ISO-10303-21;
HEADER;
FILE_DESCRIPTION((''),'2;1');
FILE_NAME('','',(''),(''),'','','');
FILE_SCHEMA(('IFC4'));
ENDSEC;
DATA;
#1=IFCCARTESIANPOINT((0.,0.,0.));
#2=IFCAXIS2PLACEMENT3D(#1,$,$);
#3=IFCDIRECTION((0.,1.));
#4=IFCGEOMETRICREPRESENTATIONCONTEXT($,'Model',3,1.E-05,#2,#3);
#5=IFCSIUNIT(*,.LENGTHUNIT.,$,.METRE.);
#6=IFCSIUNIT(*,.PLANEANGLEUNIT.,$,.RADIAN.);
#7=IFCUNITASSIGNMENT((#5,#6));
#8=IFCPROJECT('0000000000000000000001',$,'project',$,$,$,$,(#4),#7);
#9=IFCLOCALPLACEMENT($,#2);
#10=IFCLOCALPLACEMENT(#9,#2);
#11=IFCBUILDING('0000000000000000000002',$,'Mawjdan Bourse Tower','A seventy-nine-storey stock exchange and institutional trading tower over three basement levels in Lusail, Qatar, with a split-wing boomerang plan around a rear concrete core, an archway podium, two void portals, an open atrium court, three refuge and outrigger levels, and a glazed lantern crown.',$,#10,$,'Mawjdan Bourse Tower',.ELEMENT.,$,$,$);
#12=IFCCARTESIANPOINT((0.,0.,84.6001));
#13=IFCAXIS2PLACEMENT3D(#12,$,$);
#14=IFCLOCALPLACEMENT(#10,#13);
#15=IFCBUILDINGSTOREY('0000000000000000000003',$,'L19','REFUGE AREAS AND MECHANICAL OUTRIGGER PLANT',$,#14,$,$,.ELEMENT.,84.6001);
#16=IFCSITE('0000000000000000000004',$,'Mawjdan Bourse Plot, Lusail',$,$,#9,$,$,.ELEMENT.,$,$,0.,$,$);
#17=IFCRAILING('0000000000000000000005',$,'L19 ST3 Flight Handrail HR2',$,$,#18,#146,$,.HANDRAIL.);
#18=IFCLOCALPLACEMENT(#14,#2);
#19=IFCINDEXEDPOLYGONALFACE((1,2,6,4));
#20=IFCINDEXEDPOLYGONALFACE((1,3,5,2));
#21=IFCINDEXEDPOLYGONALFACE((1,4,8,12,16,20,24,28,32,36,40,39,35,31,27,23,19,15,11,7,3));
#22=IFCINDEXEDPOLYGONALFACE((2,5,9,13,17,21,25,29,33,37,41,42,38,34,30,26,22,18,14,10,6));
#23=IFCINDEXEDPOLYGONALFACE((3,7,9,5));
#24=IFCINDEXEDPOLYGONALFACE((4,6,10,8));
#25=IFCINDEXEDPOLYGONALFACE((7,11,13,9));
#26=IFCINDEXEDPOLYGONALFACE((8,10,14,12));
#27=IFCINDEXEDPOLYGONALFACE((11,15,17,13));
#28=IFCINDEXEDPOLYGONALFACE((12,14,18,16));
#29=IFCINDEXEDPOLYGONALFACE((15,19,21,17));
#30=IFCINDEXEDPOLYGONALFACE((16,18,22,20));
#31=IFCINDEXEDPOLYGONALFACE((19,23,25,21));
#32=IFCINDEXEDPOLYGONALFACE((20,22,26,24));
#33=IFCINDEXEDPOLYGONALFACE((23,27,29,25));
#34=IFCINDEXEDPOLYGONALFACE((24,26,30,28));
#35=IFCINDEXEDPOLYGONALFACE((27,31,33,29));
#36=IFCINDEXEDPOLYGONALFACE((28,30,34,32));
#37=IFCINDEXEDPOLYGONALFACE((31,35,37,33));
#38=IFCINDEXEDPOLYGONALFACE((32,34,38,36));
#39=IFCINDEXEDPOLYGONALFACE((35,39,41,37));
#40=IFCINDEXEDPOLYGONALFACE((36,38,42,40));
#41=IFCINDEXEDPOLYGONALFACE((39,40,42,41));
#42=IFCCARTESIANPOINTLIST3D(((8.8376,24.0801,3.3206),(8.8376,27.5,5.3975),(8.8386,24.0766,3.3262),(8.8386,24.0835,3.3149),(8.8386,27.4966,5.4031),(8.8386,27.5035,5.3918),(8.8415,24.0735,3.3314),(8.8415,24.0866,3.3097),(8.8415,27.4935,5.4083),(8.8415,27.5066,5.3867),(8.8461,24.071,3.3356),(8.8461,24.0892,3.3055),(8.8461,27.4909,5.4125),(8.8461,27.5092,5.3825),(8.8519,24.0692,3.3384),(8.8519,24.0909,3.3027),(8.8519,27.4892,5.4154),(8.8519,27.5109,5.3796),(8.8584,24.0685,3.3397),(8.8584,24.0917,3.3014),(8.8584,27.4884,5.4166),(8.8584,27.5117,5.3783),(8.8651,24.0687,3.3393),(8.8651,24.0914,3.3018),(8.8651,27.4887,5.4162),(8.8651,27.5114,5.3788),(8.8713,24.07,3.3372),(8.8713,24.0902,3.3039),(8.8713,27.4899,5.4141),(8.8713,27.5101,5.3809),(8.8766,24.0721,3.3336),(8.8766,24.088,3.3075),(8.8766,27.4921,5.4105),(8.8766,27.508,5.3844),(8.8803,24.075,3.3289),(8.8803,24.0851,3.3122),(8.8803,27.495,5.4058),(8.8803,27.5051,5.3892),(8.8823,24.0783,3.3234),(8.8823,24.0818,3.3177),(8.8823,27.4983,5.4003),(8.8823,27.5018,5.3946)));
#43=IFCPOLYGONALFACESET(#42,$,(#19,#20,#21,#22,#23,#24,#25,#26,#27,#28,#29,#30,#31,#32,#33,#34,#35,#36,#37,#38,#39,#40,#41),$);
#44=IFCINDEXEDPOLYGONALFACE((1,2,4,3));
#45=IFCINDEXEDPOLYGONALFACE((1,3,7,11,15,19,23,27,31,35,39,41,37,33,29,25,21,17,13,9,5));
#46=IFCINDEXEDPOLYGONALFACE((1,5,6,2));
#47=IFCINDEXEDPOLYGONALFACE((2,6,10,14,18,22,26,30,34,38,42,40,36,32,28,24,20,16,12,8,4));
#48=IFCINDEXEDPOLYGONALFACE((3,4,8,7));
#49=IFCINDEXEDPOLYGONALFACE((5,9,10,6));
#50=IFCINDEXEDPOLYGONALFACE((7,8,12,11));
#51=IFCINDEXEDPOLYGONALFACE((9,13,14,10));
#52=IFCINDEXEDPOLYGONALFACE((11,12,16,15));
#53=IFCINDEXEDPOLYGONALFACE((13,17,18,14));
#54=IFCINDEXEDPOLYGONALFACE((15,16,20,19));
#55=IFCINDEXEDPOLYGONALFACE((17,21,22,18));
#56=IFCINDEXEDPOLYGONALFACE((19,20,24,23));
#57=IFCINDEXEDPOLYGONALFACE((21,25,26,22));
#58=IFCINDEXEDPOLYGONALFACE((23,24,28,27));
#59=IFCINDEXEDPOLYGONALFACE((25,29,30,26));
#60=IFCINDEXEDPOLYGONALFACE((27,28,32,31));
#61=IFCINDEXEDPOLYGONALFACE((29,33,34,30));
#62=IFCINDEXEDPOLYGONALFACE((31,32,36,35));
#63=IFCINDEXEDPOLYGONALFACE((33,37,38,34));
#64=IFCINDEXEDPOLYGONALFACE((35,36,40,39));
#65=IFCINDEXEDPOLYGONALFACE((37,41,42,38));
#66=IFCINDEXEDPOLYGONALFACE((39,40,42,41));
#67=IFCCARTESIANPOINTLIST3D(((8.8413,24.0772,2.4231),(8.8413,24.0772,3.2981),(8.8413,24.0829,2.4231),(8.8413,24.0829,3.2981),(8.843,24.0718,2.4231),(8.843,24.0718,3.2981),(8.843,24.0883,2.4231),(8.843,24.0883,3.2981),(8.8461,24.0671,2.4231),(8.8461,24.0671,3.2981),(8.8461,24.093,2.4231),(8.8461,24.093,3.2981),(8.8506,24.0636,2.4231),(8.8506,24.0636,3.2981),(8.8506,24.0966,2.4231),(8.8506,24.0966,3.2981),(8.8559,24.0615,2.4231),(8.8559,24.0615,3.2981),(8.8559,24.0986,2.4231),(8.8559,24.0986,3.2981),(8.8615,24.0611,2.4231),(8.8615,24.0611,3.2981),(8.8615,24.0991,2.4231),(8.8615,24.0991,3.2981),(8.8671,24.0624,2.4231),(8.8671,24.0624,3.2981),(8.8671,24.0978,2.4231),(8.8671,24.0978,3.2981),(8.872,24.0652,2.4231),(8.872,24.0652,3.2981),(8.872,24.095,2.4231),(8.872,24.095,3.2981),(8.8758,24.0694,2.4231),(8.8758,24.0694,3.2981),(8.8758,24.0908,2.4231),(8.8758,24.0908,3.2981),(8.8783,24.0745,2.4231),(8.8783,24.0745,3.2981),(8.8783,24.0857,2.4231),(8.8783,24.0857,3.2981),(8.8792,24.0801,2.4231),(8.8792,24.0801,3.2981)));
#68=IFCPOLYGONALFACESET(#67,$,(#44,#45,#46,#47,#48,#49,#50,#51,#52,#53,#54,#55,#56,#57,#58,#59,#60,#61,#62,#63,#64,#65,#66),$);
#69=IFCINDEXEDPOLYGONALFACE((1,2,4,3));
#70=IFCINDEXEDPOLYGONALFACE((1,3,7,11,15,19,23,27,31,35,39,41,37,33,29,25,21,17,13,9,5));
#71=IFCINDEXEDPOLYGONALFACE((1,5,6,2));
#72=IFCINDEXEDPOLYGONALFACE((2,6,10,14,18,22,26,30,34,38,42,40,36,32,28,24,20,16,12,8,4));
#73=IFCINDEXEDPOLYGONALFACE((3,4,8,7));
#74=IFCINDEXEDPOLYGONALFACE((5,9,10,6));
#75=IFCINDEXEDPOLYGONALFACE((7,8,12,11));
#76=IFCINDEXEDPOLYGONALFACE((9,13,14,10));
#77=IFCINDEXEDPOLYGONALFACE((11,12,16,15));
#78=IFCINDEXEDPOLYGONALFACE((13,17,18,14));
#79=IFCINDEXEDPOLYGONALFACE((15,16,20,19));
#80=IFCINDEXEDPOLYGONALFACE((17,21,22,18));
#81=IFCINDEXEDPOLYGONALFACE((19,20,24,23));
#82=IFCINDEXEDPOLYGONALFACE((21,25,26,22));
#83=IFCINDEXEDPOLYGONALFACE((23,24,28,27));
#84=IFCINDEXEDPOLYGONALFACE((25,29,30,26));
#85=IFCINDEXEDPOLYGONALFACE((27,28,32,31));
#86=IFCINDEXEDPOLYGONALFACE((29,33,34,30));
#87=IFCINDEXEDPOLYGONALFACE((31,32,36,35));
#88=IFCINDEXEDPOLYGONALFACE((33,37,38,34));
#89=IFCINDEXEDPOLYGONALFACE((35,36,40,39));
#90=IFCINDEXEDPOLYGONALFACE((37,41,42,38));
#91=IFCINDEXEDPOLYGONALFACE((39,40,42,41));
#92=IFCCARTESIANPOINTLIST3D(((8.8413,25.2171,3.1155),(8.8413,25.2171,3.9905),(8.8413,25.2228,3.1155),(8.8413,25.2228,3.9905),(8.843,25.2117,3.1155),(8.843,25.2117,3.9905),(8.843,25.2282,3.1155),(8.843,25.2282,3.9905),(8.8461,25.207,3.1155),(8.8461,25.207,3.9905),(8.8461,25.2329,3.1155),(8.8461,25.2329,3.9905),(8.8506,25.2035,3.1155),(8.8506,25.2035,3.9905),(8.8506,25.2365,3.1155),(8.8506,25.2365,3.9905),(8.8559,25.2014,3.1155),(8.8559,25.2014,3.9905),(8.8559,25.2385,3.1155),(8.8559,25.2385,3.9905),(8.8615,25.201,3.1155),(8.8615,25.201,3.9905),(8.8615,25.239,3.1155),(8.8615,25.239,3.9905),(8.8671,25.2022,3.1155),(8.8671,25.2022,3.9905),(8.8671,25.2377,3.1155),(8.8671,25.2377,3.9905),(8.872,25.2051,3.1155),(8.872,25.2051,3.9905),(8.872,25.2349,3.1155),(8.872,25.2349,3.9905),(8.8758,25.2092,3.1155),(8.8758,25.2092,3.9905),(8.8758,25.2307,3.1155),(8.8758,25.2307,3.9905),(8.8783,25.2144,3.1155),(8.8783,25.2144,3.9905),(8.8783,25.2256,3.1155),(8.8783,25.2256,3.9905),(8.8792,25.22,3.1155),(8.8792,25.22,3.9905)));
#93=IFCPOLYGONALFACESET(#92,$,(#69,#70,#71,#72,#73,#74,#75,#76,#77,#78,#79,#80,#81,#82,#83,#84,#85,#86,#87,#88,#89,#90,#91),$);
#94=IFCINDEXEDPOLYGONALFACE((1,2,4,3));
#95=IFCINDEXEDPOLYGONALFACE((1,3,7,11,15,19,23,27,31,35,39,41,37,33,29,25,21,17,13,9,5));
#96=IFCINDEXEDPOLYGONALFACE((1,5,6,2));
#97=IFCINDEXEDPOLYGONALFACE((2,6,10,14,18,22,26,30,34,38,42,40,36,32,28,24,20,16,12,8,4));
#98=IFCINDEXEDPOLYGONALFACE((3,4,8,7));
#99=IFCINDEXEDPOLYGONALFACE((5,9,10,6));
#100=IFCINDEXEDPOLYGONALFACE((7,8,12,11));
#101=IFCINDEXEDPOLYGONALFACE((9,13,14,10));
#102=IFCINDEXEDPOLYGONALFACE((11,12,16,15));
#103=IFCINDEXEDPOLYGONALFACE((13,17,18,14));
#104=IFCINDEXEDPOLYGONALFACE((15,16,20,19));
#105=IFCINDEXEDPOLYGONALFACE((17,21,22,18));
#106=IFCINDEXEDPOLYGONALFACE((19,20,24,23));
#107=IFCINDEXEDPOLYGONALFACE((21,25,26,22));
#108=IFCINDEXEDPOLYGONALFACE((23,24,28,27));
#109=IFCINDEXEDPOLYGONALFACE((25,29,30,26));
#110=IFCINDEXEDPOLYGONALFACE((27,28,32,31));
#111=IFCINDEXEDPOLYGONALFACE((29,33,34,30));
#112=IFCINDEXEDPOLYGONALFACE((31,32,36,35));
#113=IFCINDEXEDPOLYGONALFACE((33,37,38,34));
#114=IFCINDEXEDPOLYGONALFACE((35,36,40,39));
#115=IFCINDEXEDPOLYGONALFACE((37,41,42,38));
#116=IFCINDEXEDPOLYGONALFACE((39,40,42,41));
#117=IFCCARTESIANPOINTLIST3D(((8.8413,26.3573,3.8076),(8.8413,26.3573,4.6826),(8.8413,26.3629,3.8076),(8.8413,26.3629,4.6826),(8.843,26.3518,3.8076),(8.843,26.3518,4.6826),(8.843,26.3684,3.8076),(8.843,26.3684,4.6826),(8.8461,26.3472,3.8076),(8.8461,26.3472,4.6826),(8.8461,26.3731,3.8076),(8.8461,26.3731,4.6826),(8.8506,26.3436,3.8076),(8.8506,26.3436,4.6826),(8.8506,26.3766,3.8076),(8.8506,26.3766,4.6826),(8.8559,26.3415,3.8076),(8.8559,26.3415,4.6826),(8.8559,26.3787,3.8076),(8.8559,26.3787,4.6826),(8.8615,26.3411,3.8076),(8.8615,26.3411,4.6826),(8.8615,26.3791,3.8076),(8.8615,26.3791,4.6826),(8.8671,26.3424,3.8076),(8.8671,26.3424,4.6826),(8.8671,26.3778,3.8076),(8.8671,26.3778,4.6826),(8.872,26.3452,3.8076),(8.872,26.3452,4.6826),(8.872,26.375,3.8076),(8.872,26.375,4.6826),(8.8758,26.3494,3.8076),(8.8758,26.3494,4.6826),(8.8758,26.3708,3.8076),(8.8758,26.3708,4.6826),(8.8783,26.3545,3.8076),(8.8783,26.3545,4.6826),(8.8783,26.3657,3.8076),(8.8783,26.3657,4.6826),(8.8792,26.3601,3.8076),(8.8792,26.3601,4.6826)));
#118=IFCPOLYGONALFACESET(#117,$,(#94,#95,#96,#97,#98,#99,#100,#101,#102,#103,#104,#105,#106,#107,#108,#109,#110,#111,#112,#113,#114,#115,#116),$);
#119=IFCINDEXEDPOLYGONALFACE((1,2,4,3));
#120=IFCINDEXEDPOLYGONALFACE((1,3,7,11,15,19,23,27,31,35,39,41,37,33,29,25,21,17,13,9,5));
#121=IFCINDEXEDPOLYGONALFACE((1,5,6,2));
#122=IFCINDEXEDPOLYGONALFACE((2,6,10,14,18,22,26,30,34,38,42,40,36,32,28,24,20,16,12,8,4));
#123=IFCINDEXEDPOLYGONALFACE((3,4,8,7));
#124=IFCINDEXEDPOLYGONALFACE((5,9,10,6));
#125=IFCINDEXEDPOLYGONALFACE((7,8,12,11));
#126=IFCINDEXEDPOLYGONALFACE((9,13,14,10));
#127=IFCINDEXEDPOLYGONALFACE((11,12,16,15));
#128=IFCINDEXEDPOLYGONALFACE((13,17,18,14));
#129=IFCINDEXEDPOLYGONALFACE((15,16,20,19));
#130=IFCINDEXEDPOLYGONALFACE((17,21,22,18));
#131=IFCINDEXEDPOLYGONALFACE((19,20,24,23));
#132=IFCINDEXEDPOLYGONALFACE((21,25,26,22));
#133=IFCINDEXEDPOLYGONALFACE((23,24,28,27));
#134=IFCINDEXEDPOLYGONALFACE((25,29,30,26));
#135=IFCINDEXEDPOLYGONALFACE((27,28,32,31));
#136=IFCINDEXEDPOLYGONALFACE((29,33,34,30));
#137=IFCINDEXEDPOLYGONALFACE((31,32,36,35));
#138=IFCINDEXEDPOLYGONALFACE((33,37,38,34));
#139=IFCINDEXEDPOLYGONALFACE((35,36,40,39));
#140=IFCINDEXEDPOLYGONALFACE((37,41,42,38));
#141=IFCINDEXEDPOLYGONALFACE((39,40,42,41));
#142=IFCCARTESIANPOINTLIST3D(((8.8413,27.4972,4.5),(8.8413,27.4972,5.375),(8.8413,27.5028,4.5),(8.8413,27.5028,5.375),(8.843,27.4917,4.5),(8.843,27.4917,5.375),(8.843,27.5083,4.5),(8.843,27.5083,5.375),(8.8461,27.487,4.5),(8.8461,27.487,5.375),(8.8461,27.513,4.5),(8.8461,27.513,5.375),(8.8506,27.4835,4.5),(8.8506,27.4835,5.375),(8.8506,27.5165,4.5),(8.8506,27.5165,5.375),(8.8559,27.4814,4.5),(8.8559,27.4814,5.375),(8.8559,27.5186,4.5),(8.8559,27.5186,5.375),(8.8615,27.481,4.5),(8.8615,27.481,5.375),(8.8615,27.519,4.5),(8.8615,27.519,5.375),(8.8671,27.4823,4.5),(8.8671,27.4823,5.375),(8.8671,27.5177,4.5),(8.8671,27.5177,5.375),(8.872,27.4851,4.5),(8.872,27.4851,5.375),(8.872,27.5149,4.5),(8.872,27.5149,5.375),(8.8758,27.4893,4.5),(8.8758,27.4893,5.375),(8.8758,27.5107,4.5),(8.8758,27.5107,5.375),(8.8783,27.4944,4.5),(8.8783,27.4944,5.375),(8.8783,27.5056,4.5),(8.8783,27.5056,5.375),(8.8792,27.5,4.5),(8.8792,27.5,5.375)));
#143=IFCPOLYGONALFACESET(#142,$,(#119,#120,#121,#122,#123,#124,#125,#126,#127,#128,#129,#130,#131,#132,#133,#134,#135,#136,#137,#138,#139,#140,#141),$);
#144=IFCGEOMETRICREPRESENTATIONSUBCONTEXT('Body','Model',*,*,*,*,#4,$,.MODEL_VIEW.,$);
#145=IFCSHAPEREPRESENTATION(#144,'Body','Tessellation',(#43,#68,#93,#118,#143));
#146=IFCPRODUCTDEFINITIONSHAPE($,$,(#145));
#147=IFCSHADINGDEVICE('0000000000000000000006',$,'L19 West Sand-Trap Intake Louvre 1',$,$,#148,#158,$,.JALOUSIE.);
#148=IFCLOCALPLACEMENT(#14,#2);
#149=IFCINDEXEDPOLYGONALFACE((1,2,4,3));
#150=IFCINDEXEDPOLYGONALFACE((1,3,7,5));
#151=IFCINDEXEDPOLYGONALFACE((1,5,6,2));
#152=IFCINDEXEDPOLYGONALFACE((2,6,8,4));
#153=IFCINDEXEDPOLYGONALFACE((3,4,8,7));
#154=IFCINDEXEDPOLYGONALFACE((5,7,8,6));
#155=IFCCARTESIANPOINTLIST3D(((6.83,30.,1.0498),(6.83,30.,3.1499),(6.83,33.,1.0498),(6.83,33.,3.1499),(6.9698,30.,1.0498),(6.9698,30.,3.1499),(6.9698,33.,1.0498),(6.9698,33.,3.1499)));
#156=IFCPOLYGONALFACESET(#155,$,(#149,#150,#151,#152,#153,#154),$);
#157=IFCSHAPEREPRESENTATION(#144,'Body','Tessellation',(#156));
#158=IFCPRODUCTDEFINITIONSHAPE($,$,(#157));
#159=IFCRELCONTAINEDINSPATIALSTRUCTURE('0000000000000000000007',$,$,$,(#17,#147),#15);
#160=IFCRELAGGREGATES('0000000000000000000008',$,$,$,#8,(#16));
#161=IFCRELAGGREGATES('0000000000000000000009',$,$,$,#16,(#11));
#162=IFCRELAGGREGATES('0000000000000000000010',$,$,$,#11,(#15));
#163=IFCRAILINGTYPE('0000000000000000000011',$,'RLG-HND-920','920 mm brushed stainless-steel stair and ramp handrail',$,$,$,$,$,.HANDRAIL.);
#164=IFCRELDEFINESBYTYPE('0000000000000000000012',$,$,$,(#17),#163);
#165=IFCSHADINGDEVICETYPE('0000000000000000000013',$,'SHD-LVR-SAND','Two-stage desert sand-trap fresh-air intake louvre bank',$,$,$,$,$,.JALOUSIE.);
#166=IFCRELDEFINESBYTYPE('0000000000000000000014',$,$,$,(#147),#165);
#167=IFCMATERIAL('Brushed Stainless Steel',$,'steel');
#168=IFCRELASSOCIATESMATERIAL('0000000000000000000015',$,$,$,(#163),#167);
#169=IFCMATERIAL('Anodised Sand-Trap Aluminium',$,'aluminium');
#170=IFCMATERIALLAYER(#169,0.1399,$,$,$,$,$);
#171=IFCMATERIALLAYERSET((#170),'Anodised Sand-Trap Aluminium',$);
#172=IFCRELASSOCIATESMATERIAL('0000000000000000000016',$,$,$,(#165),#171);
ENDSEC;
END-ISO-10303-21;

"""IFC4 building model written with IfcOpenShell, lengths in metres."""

from ifc_helpers import new_model, si_unit, direction, frame, origin, origin_2d, place, context, subcontext, project, spatial, rectangle, circle, extrude, material, layer, layer_set, type_object, element, save


model = new_model("IFC4")

# Units and contexts
model_context = context("Model", 3, precision=1e-05, world=origin(), true_north=direction((0.0, 1.0)))
body_context = subcontext(model_context, "Body", "Model", "MODEL_VIEW")
ifc_project = project(units=[si_unit("LENGTHUNIT", "METRE"), si_unit("PLANEANGLEUNIT", "RADIAN")], contexts=[model_context])

# Site, building, storey
site_placement = place(None, origin())
site = spatial("IfcSite", under=ifc_project, at=site_placement, Name="Mawjdan Bourse Plot, Lusail", CompositionType="ELEMENT", RefElevation=0.0)
building_placement = place(site_placement, origin())
building = spatial("IfcBuilding", under=site, at=building_placement, Name="Mawjdan Bourse Tower", Description="A seventy-nine-storey stock exchange and institutional trading tower over three basement levels in Lusail, Qatar, with a split-wing boomerang plan around a rear concrete core, an archway podium, two void portals, an open atrium court, three refuge and outrigger levels, and a glazed lantern crown.", LongName="Mawjdan Bourse Tower", CompositionType="ELEMENT")
storey_placement = place(building_placement, frame((0.0, 0.0, 84.6001)))
storey = spatial("IfcBuildingStorey", under=building, at=storey_placement, Name="L19", Description="REFUGE AREAS AND MECHANICAL OUTRIGGER PLANT", CompositionType="ELEMENT", Elevation=84.6001)

# Railing
ifc_material_1 = material(Name="Brushed Stainless Steel", Category="steel")
railing_type_1 = type_object("IfcRailingType", Name="RLG-HND-920", Description="920 mm brushed stainless-steel stair and ramp handrail", PredefinedType="HANDRAIL", material=ifc_material_1)
railing_1_placement = place(storey_placement, frame((8.8601, 24.0801, 2.4231)))
element("IfcRailing", 1, at=railing_1_placement, inside=storey, type_object=railing_type_1, Name="L19 ST3 Flight Handrail HR2", PredefinedType="HANDRAIL", context=body_context, shape_type="SweptSolid", body=[
    extrude(circle(Radius=0.0225, at=origin_2d()), frame((0.0, 0.0, 0.8975), z_axis=(0.0, 0.85473, 0.519074), x_axis=(-1.0, 0.0, 0.0)), (0.0, 0.0, 1.0), 4.0012),
    extrude(circle(Radius=0.019, at=origin_2d()), origin(), (0.0, 0.0, 1.0), 0.875),
    extrude(circle(Radius=0.019, at=origin_2d()), frame((0.0, 1.1399, 0.6924)), (0.0, 0.0, 1.0), 0.875),
    extrude(circle(Radius=0.019, at=origin_2d()), frame((0.0, 2.28, 1.3845)), (0.0, 0.0, 1.0), 0.875),
    extrude(circle(Radius=0.019, at=origin_2d()), frame((0.0, 3.4199, 2.0769)), (0.0, 0.0, 1.0), 0.875),
])

# Shading device
ifc_material_2 = material(Name="Anodised Sand-Trap Aluminium", Category="aluminium")
ifc_layer_1 = layer(ifc_material_2, 0.1399)
ifc_layer_set_1 = layer_set([ifc_layer_1], Name="Anodised Sand-Trap Aluminium")
shading_device_type = type_object("IfcShadingDeviceType", Name="SHD-LVR-SAND", Description="Two-stage desert sand-trap fresh-air intake louvre bank", PredefinedType="JALOUSIE", material=ifc_layer_set_1)
shading_device_placement = place(storey_placement, frame((6.8999, 31.5, 1.0498), z_axis=(0.0, 0.0, 1.0), x_axis=(1.0, 0.0, 0.0)))
element("IfcShadingDevice", 2, at=shading_device_placement, inside=storey, type_object=shading_device_type, Name="L19 West Sand-Trap Intake Louvre 1", PredefinedType="JALOUSIE", context=body_context, shape_type="SweptSolid", body=[
    extrude(rectangle(XDim=0.1399, YDim=3.0, at=origin_2d()), origin(), (0.0, 0.0, 1.0), 2.1001),
])

save(model, "model.ifc")
